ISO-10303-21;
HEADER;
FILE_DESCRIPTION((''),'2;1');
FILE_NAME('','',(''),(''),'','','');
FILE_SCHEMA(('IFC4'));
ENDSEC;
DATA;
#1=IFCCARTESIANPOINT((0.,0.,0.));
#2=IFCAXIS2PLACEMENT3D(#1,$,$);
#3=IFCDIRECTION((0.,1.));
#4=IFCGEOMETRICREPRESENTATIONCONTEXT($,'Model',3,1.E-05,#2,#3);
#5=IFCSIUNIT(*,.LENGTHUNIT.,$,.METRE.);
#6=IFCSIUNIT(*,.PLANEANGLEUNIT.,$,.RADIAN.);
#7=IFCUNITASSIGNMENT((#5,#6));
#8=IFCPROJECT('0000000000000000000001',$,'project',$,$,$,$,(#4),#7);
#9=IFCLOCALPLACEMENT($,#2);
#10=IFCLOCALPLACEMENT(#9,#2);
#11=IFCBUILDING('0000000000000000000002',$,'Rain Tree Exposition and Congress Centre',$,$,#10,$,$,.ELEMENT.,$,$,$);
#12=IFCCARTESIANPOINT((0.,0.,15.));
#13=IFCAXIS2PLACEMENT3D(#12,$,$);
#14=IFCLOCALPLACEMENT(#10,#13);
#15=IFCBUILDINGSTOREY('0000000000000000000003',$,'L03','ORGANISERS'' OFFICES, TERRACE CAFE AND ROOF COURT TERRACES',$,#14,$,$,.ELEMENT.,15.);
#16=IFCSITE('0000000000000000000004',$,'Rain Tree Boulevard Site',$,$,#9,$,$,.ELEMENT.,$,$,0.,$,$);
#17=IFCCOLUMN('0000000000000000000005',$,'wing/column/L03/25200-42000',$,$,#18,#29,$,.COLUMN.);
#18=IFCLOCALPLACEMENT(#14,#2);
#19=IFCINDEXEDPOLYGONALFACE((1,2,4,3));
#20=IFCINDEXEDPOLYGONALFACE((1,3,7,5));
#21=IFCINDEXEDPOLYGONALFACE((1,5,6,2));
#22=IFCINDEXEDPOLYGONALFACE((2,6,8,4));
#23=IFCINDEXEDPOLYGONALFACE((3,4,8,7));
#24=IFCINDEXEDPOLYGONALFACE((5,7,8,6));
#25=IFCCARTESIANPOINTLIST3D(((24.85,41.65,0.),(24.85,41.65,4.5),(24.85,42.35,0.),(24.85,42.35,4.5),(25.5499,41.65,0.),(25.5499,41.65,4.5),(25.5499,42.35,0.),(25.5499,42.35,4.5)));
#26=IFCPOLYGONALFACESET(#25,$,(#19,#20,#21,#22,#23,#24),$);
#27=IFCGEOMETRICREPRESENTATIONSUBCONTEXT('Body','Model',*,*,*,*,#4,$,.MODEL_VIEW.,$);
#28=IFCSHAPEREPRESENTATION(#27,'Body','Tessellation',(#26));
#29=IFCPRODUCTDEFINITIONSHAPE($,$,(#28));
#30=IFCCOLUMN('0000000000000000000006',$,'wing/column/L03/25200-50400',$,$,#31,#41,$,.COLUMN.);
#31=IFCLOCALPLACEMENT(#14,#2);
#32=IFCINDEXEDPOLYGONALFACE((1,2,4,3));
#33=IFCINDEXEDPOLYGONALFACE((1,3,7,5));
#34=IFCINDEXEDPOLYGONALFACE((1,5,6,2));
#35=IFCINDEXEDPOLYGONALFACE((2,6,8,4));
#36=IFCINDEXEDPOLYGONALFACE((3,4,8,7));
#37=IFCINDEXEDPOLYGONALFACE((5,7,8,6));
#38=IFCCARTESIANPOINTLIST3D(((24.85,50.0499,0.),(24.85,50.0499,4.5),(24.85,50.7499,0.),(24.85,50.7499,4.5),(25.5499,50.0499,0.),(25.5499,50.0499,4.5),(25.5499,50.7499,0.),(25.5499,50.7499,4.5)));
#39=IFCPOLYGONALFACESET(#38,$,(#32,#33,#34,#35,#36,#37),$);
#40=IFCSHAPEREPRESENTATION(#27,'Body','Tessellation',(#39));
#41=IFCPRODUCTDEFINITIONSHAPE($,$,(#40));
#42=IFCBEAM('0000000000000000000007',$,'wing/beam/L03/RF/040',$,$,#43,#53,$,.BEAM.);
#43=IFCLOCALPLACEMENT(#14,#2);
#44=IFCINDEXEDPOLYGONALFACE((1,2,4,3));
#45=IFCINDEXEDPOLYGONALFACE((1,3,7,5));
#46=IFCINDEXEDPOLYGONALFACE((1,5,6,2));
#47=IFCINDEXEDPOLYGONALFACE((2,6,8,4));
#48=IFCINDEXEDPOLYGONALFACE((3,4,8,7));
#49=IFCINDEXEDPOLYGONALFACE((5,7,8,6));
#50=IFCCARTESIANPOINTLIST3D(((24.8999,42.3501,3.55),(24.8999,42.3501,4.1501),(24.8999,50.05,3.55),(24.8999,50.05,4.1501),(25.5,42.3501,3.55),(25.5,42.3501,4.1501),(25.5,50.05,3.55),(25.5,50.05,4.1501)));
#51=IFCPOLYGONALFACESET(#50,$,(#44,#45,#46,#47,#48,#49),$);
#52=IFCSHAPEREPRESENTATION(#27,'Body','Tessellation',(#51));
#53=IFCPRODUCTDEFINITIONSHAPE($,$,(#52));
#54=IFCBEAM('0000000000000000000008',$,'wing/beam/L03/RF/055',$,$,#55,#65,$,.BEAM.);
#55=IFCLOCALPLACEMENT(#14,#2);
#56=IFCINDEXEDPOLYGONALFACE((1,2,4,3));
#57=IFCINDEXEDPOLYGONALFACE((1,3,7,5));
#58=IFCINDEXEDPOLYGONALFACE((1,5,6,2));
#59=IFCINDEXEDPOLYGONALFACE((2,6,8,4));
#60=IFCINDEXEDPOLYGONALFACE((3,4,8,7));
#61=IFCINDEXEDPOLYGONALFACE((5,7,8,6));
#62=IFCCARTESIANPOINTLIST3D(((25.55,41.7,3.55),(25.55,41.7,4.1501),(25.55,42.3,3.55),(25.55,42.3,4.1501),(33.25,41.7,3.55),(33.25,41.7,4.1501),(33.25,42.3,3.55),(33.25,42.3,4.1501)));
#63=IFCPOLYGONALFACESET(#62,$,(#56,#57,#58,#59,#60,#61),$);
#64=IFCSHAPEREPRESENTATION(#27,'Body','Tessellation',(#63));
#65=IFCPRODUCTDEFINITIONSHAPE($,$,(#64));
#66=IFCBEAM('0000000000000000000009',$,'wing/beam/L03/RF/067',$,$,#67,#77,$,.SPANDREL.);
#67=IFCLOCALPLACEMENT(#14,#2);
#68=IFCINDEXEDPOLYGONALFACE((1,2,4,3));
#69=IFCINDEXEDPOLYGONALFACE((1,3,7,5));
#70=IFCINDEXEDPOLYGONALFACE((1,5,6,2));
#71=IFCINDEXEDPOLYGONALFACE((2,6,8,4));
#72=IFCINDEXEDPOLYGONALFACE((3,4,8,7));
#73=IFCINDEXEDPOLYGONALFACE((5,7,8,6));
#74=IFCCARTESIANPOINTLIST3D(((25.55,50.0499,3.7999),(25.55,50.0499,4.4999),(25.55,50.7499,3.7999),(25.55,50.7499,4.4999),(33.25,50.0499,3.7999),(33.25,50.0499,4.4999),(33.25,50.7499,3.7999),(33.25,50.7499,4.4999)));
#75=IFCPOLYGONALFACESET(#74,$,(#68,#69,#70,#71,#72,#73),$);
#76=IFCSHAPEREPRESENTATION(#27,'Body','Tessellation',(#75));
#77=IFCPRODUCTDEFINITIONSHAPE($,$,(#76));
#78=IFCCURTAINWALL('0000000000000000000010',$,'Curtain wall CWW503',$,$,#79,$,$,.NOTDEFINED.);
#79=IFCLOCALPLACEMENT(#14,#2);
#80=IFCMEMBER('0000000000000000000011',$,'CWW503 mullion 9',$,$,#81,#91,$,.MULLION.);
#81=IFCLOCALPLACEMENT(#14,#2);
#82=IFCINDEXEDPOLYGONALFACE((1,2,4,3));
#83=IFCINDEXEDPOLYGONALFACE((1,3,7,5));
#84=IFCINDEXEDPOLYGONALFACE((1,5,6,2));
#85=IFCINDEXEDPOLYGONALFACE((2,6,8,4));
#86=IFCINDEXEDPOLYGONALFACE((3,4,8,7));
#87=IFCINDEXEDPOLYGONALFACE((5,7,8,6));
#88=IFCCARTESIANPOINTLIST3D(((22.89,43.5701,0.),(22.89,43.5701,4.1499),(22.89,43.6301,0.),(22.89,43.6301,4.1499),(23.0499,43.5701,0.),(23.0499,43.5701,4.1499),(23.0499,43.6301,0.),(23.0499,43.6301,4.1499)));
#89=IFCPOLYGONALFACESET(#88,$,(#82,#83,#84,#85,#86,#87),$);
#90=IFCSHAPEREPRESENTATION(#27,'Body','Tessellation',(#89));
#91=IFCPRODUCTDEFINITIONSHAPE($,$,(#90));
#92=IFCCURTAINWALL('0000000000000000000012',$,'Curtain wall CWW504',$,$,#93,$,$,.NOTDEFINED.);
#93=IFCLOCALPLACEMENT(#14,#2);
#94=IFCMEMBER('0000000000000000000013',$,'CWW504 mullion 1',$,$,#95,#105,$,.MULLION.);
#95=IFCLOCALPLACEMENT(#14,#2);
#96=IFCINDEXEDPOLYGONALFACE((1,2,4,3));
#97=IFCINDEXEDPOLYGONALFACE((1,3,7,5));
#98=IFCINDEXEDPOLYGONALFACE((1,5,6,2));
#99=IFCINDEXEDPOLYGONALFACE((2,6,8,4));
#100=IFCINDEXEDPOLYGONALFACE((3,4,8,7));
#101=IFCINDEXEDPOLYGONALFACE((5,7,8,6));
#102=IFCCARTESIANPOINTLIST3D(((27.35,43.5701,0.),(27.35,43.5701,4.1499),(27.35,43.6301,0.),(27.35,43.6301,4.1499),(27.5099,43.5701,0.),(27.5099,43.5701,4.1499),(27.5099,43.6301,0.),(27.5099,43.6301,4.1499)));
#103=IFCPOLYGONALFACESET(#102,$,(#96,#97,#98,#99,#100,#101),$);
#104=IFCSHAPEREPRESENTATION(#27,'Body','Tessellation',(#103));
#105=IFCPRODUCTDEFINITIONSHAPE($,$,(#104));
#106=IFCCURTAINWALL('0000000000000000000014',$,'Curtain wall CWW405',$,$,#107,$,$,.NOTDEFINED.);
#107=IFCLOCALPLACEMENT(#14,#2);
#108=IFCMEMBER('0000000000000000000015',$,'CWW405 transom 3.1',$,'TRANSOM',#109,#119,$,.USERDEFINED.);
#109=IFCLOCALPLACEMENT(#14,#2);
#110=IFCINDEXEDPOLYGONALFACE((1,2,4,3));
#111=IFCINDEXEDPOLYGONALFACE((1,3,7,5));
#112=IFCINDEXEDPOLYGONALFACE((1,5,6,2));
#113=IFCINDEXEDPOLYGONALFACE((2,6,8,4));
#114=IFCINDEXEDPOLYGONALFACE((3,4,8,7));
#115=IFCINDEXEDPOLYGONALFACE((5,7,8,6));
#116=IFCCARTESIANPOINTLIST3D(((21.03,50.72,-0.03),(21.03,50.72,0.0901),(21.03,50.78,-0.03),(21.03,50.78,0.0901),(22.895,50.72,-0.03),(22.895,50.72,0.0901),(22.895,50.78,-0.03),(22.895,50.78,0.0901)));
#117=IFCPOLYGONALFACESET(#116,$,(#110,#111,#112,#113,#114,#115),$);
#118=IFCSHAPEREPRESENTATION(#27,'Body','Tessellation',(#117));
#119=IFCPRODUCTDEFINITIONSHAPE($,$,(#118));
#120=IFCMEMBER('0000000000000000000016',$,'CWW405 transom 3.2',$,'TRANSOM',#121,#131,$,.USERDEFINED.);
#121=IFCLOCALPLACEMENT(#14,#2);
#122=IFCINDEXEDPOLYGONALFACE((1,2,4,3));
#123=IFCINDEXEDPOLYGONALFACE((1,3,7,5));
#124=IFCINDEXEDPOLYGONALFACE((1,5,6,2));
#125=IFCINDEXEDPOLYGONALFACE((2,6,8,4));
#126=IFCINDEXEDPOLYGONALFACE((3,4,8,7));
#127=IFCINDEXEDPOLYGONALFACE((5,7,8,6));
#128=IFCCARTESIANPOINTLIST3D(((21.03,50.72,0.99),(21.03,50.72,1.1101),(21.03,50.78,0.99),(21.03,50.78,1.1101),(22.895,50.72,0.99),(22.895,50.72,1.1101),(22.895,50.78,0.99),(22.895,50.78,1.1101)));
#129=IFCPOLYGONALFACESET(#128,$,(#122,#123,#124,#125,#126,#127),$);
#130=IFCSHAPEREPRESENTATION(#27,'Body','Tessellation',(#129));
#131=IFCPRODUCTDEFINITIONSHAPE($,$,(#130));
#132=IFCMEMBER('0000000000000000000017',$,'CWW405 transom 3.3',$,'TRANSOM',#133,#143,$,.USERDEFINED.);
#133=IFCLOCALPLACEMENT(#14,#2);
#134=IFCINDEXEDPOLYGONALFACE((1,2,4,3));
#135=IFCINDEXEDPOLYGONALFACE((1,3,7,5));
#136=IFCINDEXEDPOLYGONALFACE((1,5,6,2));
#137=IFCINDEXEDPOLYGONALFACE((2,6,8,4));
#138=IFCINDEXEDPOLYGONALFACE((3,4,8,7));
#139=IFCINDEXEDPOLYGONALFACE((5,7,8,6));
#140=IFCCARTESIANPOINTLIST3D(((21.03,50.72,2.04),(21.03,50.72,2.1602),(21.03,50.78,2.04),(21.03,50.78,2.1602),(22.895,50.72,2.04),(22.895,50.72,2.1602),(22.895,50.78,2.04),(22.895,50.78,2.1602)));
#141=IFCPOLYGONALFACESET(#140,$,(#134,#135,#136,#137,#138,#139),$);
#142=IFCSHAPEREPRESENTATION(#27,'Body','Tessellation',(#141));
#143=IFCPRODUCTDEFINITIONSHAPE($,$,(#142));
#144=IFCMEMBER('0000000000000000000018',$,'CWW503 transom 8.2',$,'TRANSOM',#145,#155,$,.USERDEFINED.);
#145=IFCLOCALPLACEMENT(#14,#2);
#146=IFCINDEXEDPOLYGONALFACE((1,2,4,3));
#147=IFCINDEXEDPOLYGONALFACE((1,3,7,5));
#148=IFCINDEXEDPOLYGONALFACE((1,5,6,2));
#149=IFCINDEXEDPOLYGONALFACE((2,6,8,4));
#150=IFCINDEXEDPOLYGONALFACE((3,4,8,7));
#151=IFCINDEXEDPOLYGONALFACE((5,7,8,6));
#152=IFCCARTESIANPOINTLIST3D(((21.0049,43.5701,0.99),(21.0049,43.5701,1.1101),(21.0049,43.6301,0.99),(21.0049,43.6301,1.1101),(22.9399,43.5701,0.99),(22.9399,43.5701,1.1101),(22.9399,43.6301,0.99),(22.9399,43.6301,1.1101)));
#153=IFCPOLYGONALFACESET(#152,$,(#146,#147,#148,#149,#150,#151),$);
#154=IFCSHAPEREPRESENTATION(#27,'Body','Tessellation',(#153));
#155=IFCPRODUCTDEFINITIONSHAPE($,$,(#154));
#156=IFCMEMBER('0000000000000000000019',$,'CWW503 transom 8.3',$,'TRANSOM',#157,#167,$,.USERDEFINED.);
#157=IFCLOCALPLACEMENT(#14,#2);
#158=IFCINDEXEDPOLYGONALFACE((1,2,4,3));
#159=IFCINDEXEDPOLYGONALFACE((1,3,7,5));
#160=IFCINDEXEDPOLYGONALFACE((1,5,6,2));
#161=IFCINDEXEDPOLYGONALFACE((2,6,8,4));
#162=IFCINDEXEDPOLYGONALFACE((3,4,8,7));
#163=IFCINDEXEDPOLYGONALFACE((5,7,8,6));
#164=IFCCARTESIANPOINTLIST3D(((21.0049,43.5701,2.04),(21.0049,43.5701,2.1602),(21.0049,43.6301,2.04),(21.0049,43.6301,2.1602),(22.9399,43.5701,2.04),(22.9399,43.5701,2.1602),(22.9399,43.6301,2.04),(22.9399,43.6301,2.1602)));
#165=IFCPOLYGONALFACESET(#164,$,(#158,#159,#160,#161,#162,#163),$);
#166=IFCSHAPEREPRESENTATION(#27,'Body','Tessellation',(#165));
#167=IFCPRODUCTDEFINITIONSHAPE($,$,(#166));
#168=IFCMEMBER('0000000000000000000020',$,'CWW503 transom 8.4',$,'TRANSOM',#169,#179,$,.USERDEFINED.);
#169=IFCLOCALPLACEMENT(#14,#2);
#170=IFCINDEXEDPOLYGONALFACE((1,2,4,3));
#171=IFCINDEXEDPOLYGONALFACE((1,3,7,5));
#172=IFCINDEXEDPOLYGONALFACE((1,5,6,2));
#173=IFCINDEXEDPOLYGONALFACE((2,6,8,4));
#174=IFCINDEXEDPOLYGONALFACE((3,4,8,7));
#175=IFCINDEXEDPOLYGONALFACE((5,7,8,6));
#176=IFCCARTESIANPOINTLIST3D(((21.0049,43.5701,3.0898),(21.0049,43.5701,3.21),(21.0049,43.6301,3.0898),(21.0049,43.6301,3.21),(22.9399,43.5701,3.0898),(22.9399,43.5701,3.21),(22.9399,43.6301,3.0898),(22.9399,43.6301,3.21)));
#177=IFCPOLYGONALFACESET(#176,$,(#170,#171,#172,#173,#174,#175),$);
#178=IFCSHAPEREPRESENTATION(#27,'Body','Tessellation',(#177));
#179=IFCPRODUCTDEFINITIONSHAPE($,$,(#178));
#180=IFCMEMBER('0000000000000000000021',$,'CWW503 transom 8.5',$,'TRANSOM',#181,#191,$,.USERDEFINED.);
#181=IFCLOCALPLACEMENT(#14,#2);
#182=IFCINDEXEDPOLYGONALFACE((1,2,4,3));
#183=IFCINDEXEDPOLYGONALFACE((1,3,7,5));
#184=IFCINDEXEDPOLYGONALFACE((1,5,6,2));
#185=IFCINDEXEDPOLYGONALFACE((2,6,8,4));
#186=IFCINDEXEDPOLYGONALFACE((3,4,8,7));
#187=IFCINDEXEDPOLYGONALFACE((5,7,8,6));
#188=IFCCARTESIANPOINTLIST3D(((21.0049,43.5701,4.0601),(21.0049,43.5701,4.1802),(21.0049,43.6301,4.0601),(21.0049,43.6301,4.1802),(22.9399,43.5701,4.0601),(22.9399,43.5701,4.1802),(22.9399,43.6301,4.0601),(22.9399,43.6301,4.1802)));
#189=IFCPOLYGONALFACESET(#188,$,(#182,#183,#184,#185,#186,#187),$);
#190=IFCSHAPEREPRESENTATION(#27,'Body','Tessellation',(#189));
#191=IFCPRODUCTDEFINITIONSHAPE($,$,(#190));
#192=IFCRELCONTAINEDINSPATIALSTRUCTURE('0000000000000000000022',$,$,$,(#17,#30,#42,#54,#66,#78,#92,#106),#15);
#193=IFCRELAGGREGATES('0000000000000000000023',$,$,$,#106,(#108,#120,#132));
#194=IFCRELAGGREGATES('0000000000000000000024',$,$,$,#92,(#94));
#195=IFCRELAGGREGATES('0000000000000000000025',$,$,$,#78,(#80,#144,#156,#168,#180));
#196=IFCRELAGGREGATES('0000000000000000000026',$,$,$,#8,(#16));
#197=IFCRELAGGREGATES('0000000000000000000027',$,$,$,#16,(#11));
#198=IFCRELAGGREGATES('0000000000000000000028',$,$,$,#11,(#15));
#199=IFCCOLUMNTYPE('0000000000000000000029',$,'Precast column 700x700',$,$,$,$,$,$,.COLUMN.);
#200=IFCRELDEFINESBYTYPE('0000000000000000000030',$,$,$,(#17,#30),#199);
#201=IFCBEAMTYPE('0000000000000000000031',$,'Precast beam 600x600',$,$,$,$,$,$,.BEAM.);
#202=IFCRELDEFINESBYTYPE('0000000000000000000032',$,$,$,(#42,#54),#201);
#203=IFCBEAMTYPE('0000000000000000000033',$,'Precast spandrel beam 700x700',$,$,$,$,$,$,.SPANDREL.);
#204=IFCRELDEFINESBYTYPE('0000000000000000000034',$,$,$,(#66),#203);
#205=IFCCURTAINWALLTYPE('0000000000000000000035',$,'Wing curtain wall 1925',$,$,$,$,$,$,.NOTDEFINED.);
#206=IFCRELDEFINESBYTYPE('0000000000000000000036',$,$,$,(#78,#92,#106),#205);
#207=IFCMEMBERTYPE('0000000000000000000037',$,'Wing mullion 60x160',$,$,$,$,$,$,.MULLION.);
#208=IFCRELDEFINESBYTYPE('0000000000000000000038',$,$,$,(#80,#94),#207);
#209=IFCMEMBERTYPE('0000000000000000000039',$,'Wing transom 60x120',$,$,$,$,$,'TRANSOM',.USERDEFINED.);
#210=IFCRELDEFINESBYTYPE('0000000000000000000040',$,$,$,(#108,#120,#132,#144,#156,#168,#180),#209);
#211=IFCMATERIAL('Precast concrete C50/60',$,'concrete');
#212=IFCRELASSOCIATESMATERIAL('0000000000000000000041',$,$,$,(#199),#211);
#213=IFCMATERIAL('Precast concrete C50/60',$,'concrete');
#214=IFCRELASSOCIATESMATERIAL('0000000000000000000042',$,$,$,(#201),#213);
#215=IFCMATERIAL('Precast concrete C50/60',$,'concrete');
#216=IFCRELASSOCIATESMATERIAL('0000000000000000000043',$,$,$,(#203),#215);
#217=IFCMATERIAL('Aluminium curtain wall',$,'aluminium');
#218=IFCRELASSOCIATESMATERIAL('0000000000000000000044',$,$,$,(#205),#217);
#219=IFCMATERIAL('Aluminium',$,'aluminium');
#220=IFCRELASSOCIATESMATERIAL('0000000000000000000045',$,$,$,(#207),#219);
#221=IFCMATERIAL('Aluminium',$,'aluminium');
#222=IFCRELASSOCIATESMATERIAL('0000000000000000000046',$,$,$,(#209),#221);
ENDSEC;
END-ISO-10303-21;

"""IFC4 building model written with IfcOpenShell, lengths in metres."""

from ifc_helpers import new_model, si_unit, direction, frame, origin, origin_2d, place, context, subcontext, project, spatial, rectangle, extrude, material, material_profile, profile_set, type_object, element, aggregate, save


model = new_model("IFC4")

# Units and contexts
model_context = context("Model", 3, precision=1e-05, world=origin(), true_north=direction((0.0, 1.0)))
body_context = subcontext(model_context, "Body", "Model", "MODEL_VIEW")
ifc_project = project(units=[si_unit("LENGTHUNIT", "METRE"), si_unit("PLANEANGLEUNIT", "RADIAN")], contexts=[model_context])

# Site, building, storey
site_placement = place(None, origin())
site = spatial("IfcSite", under=ifc_project, at=site_placement, Name="Rain Tree Boulevard Site", CompositionType="ELEMENT", RefElevation=0.0)
building_placement = place(site_placement, origin())
building = spatial("IfcBuilding", under=site, at=building_placement, Name="Rain Tree Exposition and Congress Centre", CompositionType="ELEMENT")
storey_placement = place(building_placement, frame((0.0, 0.0, 15.0)))
storey = spatial("IfcBuildingStorey", under=building, at=storey_placement, Name="L03", Description="ORGANISERS' OFFICES, TERRACE CAFE AND ROOF COURT TERRACES", CompositionType="ELEMENT", Elevation=15.0)

# Columns
ifc_material_1 = material(Name="Precast concrete C50/60", Category="concrete")
ifc_material_profile_1 = material_profile(ifc_material_1, rectangle(XDim=0.7, YDim=0.7, at=origin_2d()), Name="RC 700x700")
ifc_profile_set_1 = profile_set([ifc_material_profile_1], Name="Precast concrete C50/60")
column_type = type_object("IfcColumnType", Name="Precast column 700x700", PredefinedType="COLUMN", material=ifc_profile_set_1)
for number, where, z_axis, x_axis, name in (
    (1, (25.2, 42.0, 0.0), (0.0, 0.0, 1.0), (1.0, 0.0, 0.0), "wing/column/L03/25200-42000"),
    (2, (25.2, 50.3999, 0.0), (0.0, 0.0, 1.0), (1.0, 0.0, 0.0), "wing/column/L03/25200-50400"),
):
    element("IfcColumn", number, at=place(storey_placement, frame(where, z_axis=z_axis, x_axis=x_axis)), inside=storey, type_object=column_type, Name=name, PredefinedType="COLUMN", context=body_context, shape_type="SweptSolid", body=[
        extrude(rectangle(XDim=0.7, YDim=0.7, at=origin_2d()), origin(), (0.0, 0.0, 1.0), 4.5),
    ])

# Beams
ifc_material_2 = material(Name="Precast concrete C50/60", Category="concrete")
ifc_material_profile_2 = material_profile(ifc_material_2, rectangle(XDim=0.6001, YDim=0.6001, at=origin_2d()), Name="RC 600x600")
ifc_profile_set_2 = profile_set([ifc_material_profile_2], Name="Precast concrete C50/60")
beam_type_1 = type_object("IfcBeamType", Name="Precast beam 600x600", PredefinedType="BEAM", material=ifc_profile_set_2)
for number, where, z_axis, x_axis, name in (
    (3, (25.2, 42.3501, 3.8501), (0.0, 1.0, 0.0), (-1.0, 0.0, 0.0), "wing/beam/L03/RF/040"),
    (4, (25.55, 42.0, 3.8501), (1.0, 0.0, 0.0), (0.0, 1.0, 0.0), "wing/beam/L03/RF/055"),
):
    element("IfcBeam", number, at=place(storey_placement, frame(where, z_axis=z_axis, x_axis=x_axis)), inside=storey, type_object=beam_type_1, Name=name, PredefinedType="BEAM", context=body_context, shape_type="SweptSolid", body=[
        extrude(rectangle(XDim=0.6001, YDim=0.6001, at=origin_2d()), origin(), (0.0, 0.0, 1.0), 7.7),
    ])
ifc_material_3 = material(Name="Precast concrete C50/60", Category="concrete")
ifc_material_profile_3 = material_profile(ifc_material_3, rectangle(XDim=0.7, YDim=0.7, at=origin_2d()), Name="RC 700x700")
ifc_profile_set_3 = profile_set([ifc_material_profile_3], Name="Precast concrete C50/60")
beam_type_2 = type_object("IfcBeamType", Name="Precast spandrel beam 700x700", PredefinedType="SPANDREL", material=ifc_profile_set_3)
beam_placement = place(storey_placement, frame((25.55, 50.3999, 4.1499), z_axis=(1.0, 0.0, 0.0), x_axis=(0.0, 1.0, 0.0)))
element("IfcBeam", 5, at=beam_placement, inside=storey, type_object=beam_type_2, Name="wing/beam/L03/RF/067", PredefinedType="SPANDREL", context=body_context, shape_type="SweptSolid", body=[
    extrude(rectangle(XDim=0.7, YDim=0.7, at=origin_2d()), origin(), (0.0, 0.0, 1.0), 7.7),
])

# Curtain walls, members
ifc_material_4 = material(Name="Aluminium curtain wall", Category="aluminium")
curtain_wall_type = type_object("IfcCurtainWallType", Name="Wing curtain wall 1925", PredefinedType="NOTDEFINED", material=ifc_material_4)
curtain_wall_1_placement = place(storey_placement, origin())
curtain_wall_1 = element("IfcCurtainWall", 6, at=curtain_wall_1_placement, inside=storey, type_object=curtain_wall_type, Name="Curtain wall CWW503", PredefinedType="NOTDEFINED")
ifc_material_5 = material(Name="Aluminium", Category="aluminium")
ifc_material_profile_4 = material_profile(ifc_material_5, rectangle(XDim=0.0601, YDim=0.1599, at=origin_2d()), Name="Aluminium 60x160")
ifc_profile_set_4 = profile_set([ifc_material_profile_4], Name="Aluminium")
member_type_1 = type_object("IfcMemberType", Name="Wing mullion 60x160", PredefinedType="MULLION", material=ifc_profile_set_4)
member_1_placement = place(storey_placement, frame((22.97, 43.6001, 0.0), z_axis=(0.0, 0.0, 1.0), x_axis=(0.0, 1.0, 0.0)))
member_1 = element("IfcMember", 7, at=member_1_placement, type_object=member_type_1, Name="CWW503 mullion 9", PredefinedType="MULLION", context=body_context, shape_type="SweptSolid", body=[
    extrude(rectangle(XDim=0.0601, YDim=0.1599, at=origin_2d()), origin(), (0.0, 0.0, 1.0), 4.1499),
])
curtain_wall_2_placement = place(storey_placement, origin())
curtain_wall_2 = element("IfcCurtainWall", 8, at=curtain_wall_2_placement, inside=storey, type_object=curtain_wall_type, Name="Curtain wall CWW504", PredefinedType="NOTDEFINED")
member_2_placement = place(storey_placement, frame((27.4299, 43.6001, 0.0), z_axis=(0.0, 0.0, 1.0), x_axis=(0.0, 1.0, 0.0)))
member_2 = element("IfcMember", 9, at=member_2_placement, type_object=member_type_1, Name="CWW504 mullion 1", PredefinedType="MULLION", context=body_context, shape_type="SweptSolid", body=[
    extrude(rectangle(XDim=0.0601, YDim=0.1599, at=origin_2d()), origin(), (0.0, 0.0, 1.0), 4.1499),
])

# Curtain wall, members
curtain_wall_3_placement = place(storey_placement, origin())
curtain_wall_3 = element("IfcCurtainWall", 10, at=curtain_wall_3_placement, inside=storey, type_object=curtain_wall_type, Name="Curtain wall CWW405", PredefinedType="NOTDEFINED")
ifc_material_6 = material(Name="Aluminium", Category="aluminium")
ifc_material_profile_5 = material_profile(ifc_material_6, rectangle(XDim=0.0601, YDim=0.1201, at=origin_2d()), Name="Aluminium 60x120")
ifc_profile_set_5 = profile_set([ifc_material_profile_5], Name="Aluminium")
member_type_2 = type_object("IfcMemberType", Name="Wing transom 60x120", ElementType="TRANSOM", PredefinedType="USERDEFINED", material=ifc_profile_set_5)
member_3_placement = place(storey_placement, frame((21.03, 50.75, 0.03), z_axis=(1.0, 0.0, 0.0), x_axis=(0.0, 1.0, 0.0)))
member_3 = element("IfcMember", 11, at=member_3_placement, type_object=member_type_2, Name="CWW405 transom 3.1", ObjectType="TRANSOM", PredefinedType="USERDEFINED", context=body_context, shape_type="SweptSolid", body=[
    extrude(rectangle(XDim=0.0601, YDim=0.1201, at=origin_2d()), origin(), (0.0, 0.0, 1.0), 1.865),
])
member_4_placement = place(storey_placement, frame((21.03, 50.75, 1.05), z_axis=(1.0, 0.0, 0.0), x_axis=(0.0, 1.0, 0.0)))
member_4 = element("IfcMember", 12, at=member_4_placement, type_object=member_type_2, Name="CWW405 transom 3.2", ObjectType="TRANSOM", PredefinedType="USERDEFINED", context=body_context, shape_type="SweptSolid", body=[
    extrude(rectangle(XDim=0.0601, YDim=0.1201, at=origin_2d()), origin(), (0.0, 0.0, 1.0), 1.865),
])
member_5_placement = place(storey_placement, frame((21.03, 50.75, 2.1001), z_axis=(1.0, 0.0, 0.0), x_axis=(0.0, 1.0, 0.0)))
member_5 = element("IfcMember", 13, at=member_5_placement, type_object=member_type_2, Name="CWW405 transom 3.3", ObjectType="TRANSOM", PredefinedType="USERDEFINED", context=body_context, shape_type="SweptSolid", body=[
    extrude(rectangle(XDim=0.0601, YDim=0.1201, at=origin_2d()), origin(), (0.0, 0.0, 1.0), 1.865),
])
aggregate(curtain_wall_3, [member_3, member_4, member_5])

# Members
member_6_placement = place(storey_placement, frame((21.0049, 43.6001, 1.05), z_axis=(1.0, 0.0, 0.0), x_axis=(0.0, 1.0, 0.0)))
member_6 = element("IfcMember", 14, at=member_6_placement, type_object=member_type_2, Name="CWW503 transom 8.2", ObjectType="TRANSOM", PredefinedType="USERDEFINED", context=body_context, shape_type="SweptSolid", body=[
    extrude(rectangle(XDim=0.0601, YDim=0.1201, at=origin_2d()), origin(), (0.0, 0.0, 1.0), 1.9351),
])
member_7_placement = place(storey_placement, frame((21.0049, 43.6001, 2.1001), z_axis=(1.0, 0.0, 0.0), x_axis=(0.0, 1.0, 0.0)))
member_7 = element("IfcMember", 15, at=member_7_placement, type_object=member_type_2, Name="CWW503 transom 8.3", ObjectType="TRANSOM", PredefinedType="USERDEFINED", context=body_context, shape_type="SweptSolid", body=[
    extrude(rectangle(XDim=0.0601, YDim=0.1201, at=origin_2d()), origin(), (0.0, 0.0, 1.0), 1.9351),
])
member_8_placement = place(storey_placement, frame((21.0049, 43.6001, 3.1499), z_axis=(1.0, 0.0, 0.0), x_axis=(0.0, 1.0, 0.0)))
member_8 = element("IfcMember", 16, at=member_8_placement, type_object=member_type_2, Name="CWW503 transom 8.4", ObjectType="TRANSOM", PredefinedType="USERDEFINED", context=body_context, shape_type="SweptSolid", body=[
    extrude(rectangle(XDim=0.0601, YDim=0.1201, at=origin_2d()), origin(), (0.0, 0.0, 1.0), 1.9351),
])
member_9_placement = place(storey_placement, frame((21.0049, 43.6001, 4.1201), z_axis=(1.0, 0.0, 0.0), x_axis=(0.0, 1.0, 0.0)))
member_9 = element("IfcMember", 17, at=member_9_placement, type_object=member_type_2, Name="CWW503 transom 8.5", ObjectType="TRANSOM", PredefinedType="USERDEFINED", context=body_context, shape_type="SweptSolid", body=[
    extrude(rectangle(XDim=0.0601, YDim=0.1201, at=origin_2d()), origin(), (0.0, 0.0, 1.0), 1.9351),
])
aggregate(curtain_wall_2, [member_2])

aggregate(curtain_wall_1, [member_1, member_6, member_7, member_8, member_9])

save(model, "model.ifc")
